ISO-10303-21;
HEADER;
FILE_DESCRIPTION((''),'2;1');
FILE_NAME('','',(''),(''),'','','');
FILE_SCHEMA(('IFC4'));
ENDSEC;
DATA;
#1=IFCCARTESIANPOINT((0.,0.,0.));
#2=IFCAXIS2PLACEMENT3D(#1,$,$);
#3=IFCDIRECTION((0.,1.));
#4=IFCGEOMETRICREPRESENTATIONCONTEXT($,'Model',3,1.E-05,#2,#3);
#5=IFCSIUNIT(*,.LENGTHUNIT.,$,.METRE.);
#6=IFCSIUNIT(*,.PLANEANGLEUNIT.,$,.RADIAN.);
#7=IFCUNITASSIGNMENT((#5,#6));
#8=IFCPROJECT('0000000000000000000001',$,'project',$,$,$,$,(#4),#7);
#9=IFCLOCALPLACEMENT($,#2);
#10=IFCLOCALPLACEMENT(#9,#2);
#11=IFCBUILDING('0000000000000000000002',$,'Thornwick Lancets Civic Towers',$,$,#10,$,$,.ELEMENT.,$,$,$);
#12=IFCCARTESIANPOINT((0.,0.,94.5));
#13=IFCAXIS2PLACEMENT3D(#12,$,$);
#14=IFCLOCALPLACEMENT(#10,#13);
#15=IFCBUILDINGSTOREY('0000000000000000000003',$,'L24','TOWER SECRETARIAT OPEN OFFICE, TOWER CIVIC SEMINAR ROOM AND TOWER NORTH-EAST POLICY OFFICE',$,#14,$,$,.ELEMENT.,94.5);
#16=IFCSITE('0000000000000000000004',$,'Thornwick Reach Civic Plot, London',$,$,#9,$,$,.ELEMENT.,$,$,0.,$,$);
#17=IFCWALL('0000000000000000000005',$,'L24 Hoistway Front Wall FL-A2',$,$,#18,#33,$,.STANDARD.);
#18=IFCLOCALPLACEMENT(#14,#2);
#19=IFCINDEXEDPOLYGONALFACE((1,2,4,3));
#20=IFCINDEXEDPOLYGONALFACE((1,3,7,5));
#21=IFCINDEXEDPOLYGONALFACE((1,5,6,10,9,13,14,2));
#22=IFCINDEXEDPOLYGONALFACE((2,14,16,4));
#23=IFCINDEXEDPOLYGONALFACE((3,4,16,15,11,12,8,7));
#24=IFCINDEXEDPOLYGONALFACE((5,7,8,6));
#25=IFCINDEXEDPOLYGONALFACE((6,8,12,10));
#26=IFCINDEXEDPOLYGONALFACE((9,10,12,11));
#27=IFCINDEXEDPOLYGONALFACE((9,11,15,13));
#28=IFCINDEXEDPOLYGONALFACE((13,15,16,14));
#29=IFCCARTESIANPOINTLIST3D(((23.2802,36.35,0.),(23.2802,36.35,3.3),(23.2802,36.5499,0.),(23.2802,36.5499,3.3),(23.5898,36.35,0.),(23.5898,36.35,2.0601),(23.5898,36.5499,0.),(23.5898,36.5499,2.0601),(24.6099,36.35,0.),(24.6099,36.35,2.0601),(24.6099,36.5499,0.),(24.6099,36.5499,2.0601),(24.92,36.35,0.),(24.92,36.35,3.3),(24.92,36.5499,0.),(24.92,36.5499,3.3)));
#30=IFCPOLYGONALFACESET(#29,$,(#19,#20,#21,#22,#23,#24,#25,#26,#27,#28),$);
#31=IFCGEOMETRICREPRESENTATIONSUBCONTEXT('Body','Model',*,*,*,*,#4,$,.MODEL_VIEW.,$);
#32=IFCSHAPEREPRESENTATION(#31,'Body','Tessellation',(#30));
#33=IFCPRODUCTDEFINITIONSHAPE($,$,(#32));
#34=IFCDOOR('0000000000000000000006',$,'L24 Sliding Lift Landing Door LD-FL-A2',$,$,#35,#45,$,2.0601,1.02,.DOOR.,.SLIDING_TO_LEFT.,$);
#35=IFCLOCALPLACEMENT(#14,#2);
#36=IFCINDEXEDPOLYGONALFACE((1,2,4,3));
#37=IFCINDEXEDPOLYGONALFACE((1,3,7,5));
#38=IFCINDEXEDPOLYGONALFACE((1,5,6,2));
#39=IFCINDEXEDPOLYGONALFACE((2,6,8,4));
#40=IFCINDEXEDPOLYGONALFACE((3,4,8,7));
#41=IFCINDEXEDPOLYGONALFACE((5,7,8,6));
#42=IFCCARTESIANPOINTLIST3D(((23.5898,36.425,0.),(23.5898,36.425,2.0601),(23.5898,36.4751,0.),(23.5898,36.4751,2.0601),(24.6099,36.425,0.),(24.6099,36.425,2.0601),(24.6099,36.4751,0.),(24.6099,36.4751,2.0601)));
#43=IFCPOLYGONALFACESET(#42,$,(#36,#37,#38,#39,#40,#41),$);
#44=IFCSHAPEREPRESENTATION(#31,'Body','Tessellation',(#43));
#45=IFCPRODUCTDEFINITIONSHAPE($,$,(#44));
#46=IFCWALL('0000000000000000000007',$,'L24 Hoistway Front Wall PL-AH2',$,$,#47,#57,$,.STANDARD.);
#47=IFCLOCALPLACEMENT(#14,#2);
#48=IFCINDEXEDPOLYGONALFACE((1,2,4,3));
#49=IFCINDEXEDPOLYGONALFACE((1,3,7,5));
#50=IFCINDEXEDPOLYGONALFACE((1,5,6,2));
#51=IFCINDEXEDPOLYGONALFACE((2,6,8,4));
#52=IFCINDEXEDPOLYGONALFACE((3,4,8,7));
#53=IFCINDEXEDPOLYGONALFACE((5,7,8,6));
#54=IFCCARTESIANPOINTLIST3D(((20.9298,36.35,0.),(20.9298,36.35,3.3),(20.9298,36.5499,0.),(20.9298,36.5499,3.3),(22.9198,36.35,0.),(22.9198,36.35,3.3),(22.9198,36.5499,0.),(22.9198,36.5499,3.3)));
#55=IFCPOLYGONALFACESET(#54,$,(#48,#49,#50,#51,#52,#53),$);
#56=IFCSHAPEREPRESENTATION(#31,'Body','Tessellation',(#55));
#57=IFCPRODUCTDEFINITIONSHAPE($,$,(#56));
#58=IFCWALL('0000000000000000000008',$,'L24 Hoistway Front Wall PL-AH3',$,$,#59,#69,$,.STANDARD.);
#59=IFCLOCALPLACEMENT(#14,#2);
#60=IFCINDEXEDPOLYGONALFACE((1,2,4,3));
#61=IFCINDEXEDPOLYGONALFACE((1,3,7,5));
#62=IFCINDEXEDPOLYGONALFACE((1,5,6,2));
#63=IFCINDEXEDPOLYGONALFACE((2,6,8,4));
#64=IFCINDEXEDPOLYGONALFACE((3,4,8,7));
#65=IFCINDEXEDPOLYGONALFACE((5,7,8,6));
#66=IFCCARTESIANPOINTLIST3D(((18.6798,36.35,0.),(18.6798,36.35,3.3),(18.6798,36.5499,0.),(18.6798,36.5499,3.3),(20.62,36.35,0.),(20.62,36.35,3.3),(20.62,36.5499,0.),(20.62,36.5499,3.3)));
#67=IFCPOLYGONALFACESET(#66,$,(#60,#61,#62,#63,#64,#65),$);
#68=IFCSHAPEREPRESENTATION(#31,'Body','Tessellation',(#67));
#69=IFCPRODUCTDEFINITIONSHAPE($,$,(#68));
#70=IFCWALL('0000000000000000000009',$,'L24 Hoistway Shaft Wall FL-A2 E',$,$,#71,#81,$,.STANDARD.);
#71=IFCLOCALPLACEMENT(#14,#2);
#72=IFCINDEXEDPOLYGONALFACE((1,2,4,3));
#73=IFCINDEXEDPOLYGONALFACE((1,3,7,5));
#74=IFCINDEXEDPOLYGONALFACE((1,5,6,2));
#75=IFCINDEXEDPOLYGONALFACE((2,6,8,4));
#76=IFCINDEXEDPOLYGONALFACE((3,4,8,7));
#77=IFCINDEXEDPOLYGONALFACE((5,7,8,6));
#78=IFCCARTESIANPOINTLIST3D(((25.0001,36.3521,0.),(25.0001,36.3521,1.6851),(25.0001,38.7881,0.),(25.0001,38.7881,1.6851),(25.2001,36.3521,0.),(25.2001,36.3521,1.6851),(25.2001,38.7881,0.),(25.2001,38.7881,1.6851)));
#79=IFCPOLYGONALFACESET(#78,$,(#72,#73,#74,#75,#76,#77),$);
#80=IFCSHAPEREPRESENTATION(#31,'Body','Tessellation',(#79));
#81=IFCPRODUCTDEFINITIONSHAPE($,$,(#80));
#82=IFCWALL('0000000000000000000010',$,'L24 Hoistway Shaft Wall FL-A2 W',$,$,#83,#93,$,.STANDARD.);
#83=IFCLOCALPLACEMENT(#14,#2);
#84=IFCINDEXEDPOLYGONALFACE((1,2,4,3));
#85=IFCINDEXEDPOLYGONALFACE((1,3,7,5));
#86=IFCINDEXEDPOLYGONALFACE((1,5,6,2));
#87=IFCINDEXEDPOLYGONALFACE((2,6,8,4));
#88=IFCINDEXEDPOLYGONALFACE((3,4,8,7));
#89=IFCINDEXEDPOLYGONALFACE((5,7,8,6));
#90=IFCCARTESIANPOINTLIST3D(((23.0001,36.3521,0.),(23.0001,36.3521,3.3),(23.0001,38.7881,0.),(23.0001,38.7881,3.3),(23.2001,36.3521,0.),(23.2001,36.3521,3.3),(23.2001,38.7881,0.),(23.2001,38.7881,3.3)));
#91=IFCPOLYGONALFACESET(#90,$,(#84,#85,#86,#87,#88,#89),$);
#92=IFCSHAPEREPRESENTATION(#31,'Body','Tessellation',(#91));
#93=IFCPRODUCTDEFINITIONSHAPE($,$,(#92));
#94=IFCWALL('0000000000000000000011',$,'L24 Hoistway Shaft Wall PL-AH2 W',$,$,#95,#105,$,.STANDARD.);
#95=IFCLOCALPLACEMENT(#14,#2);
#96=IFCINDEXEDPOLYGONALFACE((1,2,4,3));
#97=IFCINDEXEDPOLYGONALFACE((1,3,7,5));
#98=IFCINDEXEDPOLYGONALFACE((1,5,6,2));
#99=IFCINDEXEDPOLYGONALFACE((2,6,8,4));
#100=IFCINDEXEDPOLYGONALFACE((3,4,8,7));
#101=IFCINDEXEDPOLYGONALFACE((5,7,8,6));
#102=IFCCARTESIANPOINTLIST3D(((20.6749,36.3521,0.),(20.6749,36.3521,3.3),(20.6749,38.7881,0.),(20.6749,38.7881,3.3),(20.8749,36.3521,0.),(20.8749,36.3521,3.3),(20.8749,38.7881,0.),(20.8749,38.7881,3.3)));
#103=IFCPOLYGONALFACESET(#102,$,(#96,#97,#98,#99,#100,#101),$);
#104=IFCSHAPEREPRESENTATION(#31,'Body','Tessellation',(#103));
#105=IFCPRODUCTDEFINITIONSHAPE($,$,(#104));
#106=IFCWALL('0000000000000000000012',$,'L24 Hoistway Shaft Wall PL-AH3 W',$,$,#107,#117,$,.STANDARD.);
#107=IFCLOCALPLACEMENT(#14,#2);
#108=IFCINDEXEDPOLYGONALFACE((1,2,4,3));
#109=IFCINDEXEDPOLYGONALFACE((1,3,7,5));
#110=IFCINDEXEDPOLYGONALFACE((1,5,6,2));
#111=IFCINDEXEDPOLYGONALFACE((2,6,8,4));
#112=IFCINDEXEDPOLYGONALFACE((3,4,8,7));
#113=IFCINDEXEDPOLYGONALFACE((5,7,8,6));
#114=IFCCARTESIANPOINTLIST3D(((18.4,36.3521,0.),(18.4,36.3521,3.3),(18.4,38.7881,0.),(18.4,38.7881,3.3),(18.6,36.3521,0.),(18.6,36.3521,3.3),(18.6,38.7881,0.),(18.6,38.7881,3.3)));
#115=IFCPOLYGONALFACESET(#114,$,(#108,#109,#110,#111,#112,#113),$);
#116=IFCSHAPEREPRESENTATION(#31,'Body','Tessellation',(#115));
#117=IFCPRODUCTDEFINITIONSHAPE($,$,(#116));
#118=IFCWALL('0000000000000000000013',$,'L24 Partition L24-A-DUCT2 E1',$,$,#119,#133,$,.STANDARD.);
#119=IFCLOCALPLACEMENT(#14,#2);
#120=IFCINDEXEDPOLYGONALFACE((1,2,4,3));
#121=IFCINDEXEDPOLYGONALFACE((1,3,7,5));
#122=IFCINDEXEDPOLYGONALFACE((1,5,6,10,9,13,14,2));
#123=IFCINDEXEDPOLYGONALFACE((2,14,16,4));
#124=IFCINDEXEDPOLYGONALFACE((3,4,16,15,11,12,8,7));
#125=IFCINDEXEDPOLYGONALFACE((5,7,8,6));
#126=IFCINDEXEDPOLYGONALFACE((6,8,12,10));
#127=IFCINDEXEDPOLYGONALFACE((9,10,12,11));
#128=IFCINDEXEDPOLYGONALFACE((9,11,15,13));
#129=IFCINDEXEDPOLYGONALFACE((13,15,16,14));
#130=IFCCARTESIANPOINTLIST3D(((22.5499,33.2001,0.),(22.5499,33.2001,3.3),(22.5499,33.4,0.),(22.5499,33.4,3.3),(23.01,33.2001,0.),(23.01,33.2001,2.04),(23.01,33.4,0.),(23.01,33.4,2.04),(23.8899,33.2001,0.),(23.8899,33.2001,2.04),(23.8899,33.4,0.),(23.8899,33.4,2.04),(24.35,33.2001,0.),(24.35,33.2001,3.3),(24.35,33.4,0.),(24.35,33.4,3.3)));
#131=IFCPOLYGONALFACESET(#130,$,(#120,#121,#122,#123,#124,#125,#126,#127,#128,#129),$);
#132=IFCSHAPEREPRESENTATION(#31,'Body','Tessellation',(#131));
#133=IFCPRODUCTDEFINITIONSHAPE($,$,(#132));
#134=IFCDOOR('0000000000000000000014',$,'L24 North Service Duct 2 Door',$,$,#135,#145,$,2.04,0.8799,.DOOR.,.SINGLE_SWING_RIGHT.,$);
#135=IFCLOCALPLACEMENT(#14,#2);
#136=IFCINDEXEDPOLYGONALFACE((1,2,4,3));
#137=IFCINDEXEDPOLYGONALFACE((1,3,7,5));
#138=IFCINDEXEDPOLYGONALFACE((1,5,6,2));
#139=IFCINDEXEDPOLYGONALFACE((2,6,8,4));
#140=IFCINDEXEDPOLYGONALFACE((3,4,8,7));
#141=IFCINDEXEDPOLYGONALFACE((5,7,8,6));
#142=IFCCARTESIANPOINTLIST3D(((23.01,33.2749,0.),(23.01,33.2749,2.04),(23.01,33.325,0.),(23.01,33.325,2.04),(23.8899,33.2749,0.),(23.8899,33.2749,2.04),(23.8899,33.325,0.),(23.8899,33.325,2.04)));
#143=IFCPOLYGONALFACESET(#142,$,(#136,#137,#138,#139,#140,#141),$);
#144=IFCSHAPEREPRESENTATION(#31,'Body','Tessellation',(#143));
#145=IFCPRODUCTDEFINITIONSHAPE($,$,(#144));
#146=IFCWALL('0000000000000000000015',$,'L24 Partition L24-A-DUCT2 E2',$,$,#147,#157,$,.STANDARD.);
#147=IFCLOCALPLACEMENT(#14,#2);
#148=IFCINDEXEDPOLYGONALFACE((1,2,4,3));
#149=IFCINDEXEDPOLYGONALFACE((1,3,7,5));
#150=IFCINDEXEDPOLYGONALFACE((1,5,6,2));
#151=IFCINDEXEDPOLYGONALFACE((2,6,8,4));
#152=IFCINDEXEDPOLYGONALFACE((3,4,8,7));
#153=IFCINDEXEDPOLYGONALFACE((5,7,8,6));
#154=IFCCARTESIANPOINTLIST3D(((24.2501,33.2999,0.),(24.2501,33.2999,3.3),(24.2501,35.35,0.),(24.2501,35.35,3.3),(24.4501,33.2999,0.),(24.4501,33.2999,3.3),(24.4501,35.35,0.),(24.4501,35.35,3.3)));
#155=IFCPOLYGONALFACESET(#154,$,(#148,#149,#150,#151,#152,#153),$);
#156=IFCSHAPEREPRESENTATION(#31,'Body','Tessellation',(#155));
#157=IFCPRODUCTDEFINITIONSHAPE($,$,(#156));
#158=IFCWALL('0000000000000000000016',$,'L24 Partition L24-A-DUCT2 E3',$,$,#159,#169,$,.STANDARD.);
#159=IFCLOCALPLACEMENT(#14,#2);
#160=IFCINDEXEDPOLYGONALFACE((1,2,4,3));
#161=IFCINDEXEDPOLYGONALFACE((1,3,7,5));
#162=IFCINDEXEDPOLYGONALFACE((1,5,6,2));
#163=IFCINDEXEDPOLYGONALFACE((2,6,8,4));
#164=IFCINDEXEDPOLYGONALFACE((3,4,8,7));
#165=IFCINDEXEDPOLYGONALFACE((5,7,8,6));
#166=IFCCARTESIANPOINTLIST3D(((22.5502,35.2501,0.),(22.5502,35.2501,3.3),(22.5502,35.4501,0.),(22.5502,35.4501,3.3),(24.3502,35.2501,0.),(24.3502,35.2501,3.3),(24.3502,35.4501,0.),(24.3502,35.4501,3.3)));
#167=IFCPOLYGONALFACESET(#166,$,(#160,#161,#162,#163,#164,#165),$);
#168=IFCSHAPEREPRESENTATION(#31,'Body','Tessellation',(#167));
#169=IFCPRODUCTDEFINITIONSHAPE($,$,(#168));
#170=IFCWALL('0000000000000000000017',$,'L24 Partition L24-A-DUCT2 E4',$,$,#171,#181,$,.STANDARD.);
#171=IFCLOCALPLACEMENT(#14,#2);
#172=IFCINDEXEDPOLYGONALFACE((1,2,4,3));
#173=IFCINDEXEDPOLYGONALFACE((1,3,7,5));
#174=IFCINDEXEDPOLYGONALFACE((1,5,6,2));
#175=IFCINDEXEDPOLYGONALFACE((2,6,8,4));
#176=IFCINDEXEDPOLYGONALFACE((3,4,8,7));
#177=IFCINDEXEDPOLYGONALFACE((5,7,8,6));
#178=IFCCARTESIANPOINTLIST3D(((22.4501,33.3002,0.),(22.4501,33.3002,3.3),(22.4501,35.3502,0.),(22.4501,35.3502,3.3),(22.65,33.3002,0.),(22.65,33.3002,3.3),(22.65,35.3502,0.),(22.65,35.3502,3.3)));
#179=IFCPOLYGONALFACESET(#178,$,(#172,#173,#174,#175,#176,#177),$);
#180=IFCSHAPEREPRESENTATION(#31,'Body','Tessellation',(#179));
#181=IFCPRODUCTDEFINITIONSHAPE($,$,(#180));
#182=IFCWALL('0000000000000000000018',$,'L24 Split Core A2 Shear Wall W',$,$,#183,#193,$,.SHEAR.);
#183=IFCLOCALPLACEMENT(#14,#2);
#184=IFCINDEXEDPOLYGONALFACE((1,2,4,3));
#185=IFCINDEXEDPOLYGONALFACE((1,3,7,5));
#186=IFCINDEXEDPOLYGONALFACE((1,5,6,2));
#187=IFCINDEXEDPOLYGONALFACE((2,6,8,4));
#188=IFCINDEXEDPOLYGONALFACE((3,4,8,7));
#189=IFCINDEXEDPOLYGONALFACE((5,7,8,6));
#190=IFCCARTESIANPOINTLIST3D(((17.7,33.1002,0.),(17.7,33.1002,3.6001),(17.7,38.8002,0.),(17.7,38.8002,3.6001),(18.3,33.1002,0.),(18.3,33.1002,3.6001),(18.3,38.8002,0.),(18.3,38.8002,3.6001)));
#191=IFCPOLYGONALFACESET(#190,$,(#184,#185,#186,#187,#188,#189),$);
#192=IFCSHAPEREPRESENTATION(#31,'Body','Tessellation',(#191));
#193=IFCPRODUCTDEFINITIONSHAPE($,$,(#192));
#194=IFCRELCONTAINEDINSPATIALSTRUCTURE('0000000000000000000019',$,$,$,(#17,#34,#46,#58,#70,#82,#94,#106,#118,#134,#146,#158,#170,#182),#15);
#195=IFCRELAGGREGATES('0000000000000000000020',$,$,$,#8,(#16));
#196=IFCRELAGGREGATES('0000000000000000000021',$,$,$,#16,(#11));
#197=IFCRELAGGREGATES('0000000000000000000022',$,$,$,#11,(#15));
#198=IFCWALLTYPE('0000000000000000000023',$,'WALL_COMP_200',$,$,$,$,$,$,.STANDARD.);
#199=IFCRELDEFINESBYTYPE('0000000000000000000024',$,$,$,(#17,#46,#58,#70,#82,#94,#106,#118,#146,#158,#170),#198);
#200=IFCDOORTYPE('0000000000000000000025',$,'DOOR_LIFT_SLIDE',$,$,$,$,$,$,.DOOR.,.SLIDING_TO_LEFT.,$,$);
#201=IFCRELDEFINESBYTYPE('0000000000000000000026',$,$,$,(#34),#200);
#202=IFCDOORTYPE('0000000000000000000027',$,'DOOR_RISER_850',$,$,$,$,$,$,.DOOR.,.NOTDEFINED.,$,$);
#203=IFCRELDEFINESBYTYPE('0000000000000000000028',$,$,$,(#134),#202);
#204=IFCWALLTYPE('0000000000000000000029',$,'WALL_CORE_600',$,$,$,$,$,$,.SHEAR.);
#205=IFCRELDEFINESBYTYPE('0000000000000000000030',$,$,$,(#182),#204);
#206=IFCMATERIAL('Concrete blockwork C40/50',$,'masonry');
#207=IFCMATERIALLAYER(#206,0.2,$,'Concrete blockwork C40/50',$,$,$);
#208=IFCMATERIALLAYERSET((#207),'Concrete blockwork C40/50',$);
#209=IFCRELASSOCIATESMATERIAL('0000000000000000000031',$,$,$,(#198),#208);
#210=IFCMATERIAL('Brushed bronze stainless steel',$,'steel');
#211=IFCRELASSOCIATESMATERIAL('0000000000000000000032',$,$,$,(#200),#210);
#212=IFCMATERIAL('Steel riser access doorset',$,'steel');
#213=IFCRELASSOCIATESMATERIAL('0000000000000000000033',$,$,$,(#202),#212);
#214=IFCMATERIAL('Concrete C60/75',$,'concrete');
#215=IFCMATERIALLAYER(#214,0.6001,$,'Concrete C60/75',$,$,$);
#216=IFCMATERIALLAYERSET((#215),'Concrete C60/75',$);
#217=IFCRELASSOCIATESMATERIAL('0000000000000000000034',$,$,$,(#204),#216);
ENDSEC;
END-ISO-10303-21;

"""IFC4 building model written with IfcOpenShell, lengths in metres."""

from ifc_helpers import new_model, si_unit, direction, frame, frame_2d, origin, place, context, subcontext, project, spatial, rectangle, extrude, material, layer, layer_set, type_object, element, fill, save


model = new_model("IFC4")

# Units and contexts
model_context = context("Model", 3, precision=1e-05, world=origin(), true_north=direction((0.0, 1.0)))
body_context = subcontext(model_context, "Body", "Model", "MODEL_VIEW")
ifc_project = project(units=[si_unit("LENGTHUNIT", "METRE"), si_unit("PLANEANGLEUNIT", "RADIAN")], contexts=[model_context])

# Site, building, storey
site_placement = place(None, origin())
site = spatial("IfcSite", under=ifc_project, at=site_placement, Name="Thornwick Reach Civic Plot, London", CompositionType="ELEMENT", RefElevation=0.0)
building_placement = place(site_placement, origin())
building = spatial("IfcBuilding", under=site, at=building_placement, Name="Thornwick Lancets Civic Towers", CompositionType="ELEMENT")
storey_placement = place(building_placement, frame((0.0, 0.0, 94.5)))
storey = spatial("IfcBuildingStorey", under=building, at=storey_placement, Name="L24", Description="TOWER SECRETARIAT OPEN OFFICE, TOWER CIVIC SEMINAR ROOM AND TOWER NORTH-EAST POLICY OFFICE", CompositionType="ELEMENT", Elevation=94.5)

# Wall, opening, door
ifc_material_1 = material(Name="Concrete blockwork C40/50", Category="masonry")
ifc_layer_1 = layer(ifc_material_1, 0.2, Name="Concrete blockwork C40/50")
ifc_layer_set_1 = layer_set([ifc_layer_1], Name="Concrete blockwork C40/50")
wall_type_1 = type_object("IfcWallType", Name="WALL_COMP_200", PredefinedType="STANDARD", material=ifc_layer_set_1)
wall_1_placement = place(storey_placement, frame((24.9199, 36.45, 0.0), z_axis=(0.0, 0.0, 1.0), x_axis=(-1.0, 0.0, 0.0)))
wall_1 = element("IfcWall", 1, at=wall_1_placement, inside=storey, type_object=wall_type_1, Name="L24 Hoistway Front Wall FL-A2", PredefinedType="STANDARD", context=body_context, shape_type="SweptSolid", body=[
    extrude(rectangle(XDim=1.6399, YDim=0.2, at=frame_2d((0.8198, 0.0))), origin(), (0.0, 0.0, 1.0), 3.3),
])
opening_1_placement = place(wall_1_placement, frame((0.3101, 0.0, 0.0)))
opening_1 = element("IfcOpeningElement", 2, at=opening_1_placement, cuts=wall_1, PredefinedType="OPENING", context=body_context, shape_type="SweptSolid", body=[
    extrude(rectangle(XDim=1.02, YDim=2.0601, at=frame_2d((0.51, 1.03))), frame((0.0, 0.1099, 0.0), z_axis=(0.0, -1.0, 0.0), x_axis=(1.0, 0.0, 0.0)), (0.0, 0.0, 1.0), 0.22),
])
ifc_material_2 = material(Name="Brushed bronze stainless steel", Category="steel")
door_type_1 = type_object("IfcDoorType", Name="DOOR_LIFT_SLIDE", OperationType="SLIDING_TO_LEFT", PredefinedType="DOOR", material=ifc_material_2)
door_1_placement = place(opening_1_placement, origin())
door_1 = element("IfcDoor", 3, at=door_1_placement, inside=storey, type_object=door_type_1, Name="L24 Sliding Lift Landing Door LD-FL-A2", OperationType="SLIDING_TO_LEFT", OverallHeight=2.0601, OverallWidth=1.02, PredefinedType="DOOR", context=body_context, shape_type="SweptSolid", body=[
    extrude(rectangle(XDim=1.02, YDim=2.0601, at=frame_2d((0.51, 1.03))), frame((0.0, 0.0249, 0.0), z_axis=(0.0, -1.0, 0.0), x_axis=(1.0, 0.0, 0.0)), (0.0, 0.0, 1.0), 0.05),
])
fill(opening_1, door_1)

# Walls
wall_2_placement = place(storey_placement, frame((22.9199, 36.45, 0.0), z_axis=(0.0, 0.0, 1.0), x_axis=(-1.0, 0.0, 0.0)))
element("IfcWall", 4, at=wall_2_placement, inside=storey, type_object=wall_type_1, Name="L24 Hoistway Front Wall PL-AH2", PredefinedType="STANDARD", context=body_context, shape_type="SweptSolid", body=[
    extrude(rectangle(XDim=1.99, YDim=0.2, at=frame_2d((0.9951, 0.0))), origin(), (0.0, 0.0, 1.0), 3.3),
])
wall_3_placement = place(storey_placement, frame((20.6201, 36.45, 0.0), z_axis=(0.0, 0.0, 1.0), x_axis=(-1.0, 0.0, 0.0)))
element("IfcWall", 5, at=wall_3_placement, inside=storey, type_object=wall_type_1, Name="L24 Hoistway Front Wall PL-AH3", PredefinedType="STANDARD", context=body_context, shape_type="SweptSolid", body=[
    extrude(rectangle(XDim=1.9402, YDim=0.2, at=frame_2d((0.9702, 0.0))), origin(), (0.0, 0.0, 1.0), 3.3),
])
wall_4_placement = place(storey_placement, frame((25.1001, 36.3521, 0.0), z_axis=(0.0, 0.0, 1.0), x_axis=(0.0, 1.0, 0.0)))
element("IfcWall", 6, at=wall_4_placement, inside=storey, type_object=wall_type_1, Name="L24 Hoistway Shaft Wall FL-A2 E", PredefinedType="STANDARD", context=body_context, shape_type="SweptSolid", body=[
    extrude(rectangle(XDim=2.436, YDim=0.2, at=frame_2d((1.218, 0.0))), origin(), (0.0, 0.0, 1.0), 1.6851),
])
for number, where, z_axis, x_axis, name in (
    (7, (23.1001, 36.3521, 0.0), (0.0, 0.0, 1.0), (0.0, 1.0, 0.0), "L24 Hoistway Shaft Wall FL-A2 W"),
    (8, (20.7749, 36.3521, 0.0), (0.0, 0.0, 1.0), (0.0, 1.0, 0.0), "L24 Hoistway Shaft Wall PL-AH2 W"),
    (9, (18.5, 36.3521, 0.0), (0.0, 0.0, 1.0), (0.0, 1.0, 0.0), "L24 Hoistway Shaft Wall PL-AH3 W"),
):
    element("IfcWall", number, at=place(storey_placement, frame(where, z_axis=z_axis, x_axis=x_axis)), inside=storey, type_object=wall_type_1, Name=name, PredefinedType="STANDARD", context=body_context, shape_type="SweptSolid", body=[
        extrude(rectangle(XDim=2.436, YDim=0.2, at=frame_2d((1.218, 0.0))), origin(), (0.0, 0.0, 1.0), 3.3),
    ])

# Wall, opening, door
wall_5_placement = place(storey_placement, frame((22.55, 33.3, 0.0), z_axis=(0.0, 0.0, 1.0), x_axis=(1.0, 0.0, 0.0)))
wall_5 = element("IfcWall", 10, at=wall_5_placement, inside=storey, type_object=wall_type_1, Name="L24 Partition L24-A-DUCT2 E1", PredefinedType="STANDARD", context=body_context, shape_type="SweptSolid", body=[
    extrude(rectangle(XDim=1.8, YDim=0.2, at=frame_2d((0.8999, 0.0))), origin(), (0.0, 0.0, 1.0), 3.3),
])
opening_2_placement = place(wall_5_placement, frame((0.46, 0.0, 0.0)))
opening_2 = element("IfcOpeningElement", 11, at=opening_2_placement, cuts=wall_5, PredefinedType="OPENING", context=body_context, shape_type="SweptSolid", body=[
    extrude(rectangle(XDim=0.8799, YDim=2.04, at=frame_2d((0.4399, 1.02))), frame((0.0, 0.1099, 0.0), z_axis=(0.0, -1.0, 0.0), x_axis=(1.0, 0.0, 0.0)), (0.0, 0.0, 1.0), 0.22),
])
ifc_material_3 = material(Name="Steel riser access doorset", Category="steel")
door_type_2 = type_object("IfcDoorType", Name="DOOR_RISER_850", OperationType="NOTDEFINED", PredefinedType="DOOR", material=ifc_material_3)
door_2_placement = place(opening_2_placement, origin())
door_2 = element("IfcDoor", 12, at=door_2_placement, inside=storey, type_object=door_type_2, Name="L24 North Service Duct 2 Door", OperationType="SINGLE_SWING_RIGHT", OverallHeight=2.04, OverallWidth=0.8799, PredefinedType="DOOR", context=body_context, shape_type="SweptSolid", body=[
    extrude(rectangle(XDim=0.8799, YDim=2.04, at=frame_2d((0.4399, 1.02))), frame((0.0, 0.0249, 0.0), z_axis=(0.0, -1.0, 0.0), x_axis=(1.0, 0.0, 0.0)), (0.0, 0.0, 1.0), 0.05),
])
fill(opening_2, door_2)

# Walls
wall_6_placement = place(storey_placement, frame((24.3501, 33.3, 0.0), z_axis=(0.0, 0.0, 1.0), x_axis=(0.0, 1.0, 0.0)))
element("IfcWall", 13, at=wall_6_placement, inside=storey, type_object=wall_type_1, Name="L24 Partition L24-A-DUCT2 E2", PredefinedType="STANDARD", context=body_context, shape_type="SweptSolid", body=[
    extrude(rectangle(XDim=2.05, YDim=0.2, at=frame_2d((1.0249, 0.0))), origin(), (0.0, 0.0, 1.0), 3.3),
])
wall_7_placement = place(storey_placement, frame((24.3501, 35.3501, 0.0), z_axis=(0.0, 0.0, 1.0), x_axis=(-1.0, 0.0, 0.0)))
element("IfcWall", 14, at=wall_7_placement, inside=storey, type_object=wall_type_1, Name="L24 Partition L24-A-DUCT2 E3", PredefinedType="STANDARD", context=body_context, shape_type="SweptSolid", body=[
    extrude(rectangle(XDim=1.8, YDim=0.2, at=frame_2d((0.8999, 0.0))), origin(), (0.0, 0.0, 1.0), 3.3),
])
wall_8_placement = place(storey_placement, frame((22.55, 35.3501, 0.0), z_axis=(0.0, 0.0, 1.0), x_axis=(0.0, -1.0, 0.0)))
element("IfcWall", 15, at=wall_8_placement, inside=storey, type_object=wall_type_1, Name="L24 Partition L24-A-DUCT2 E4", PredefinedType="STANDARD", context=body_context, shape_type="SweptSolid", body=[
    extrude(rectangle(XDim=2.05, YDim=0.2, at=frame_2d((1.0249, 0.0))), origin(), (0.0, 0.0, 1.0), 3.3),
])
ifc_material_4 = material(Name="Concrete C60/75", Category="concrete")
ifc_layer_2 = layer(ifc_material_4, 0.6001, Name="Concrete C60/75")
ifc_layer_set_2 = layer_set([ifc_layer_2], Name="Concrete C60/75")
wall_type_2 = type_object("IfcWallType", Name="WALL_CORE_600", PredefinedType="SHEAR", material=ifc_layer_set_2)
wall_9_placement = place(storey_placement, frame((18.0, 33.1001, 0.0), z_axis=(0.0, 0.0, 1.0), x_axis=(0.0, 1.0, 0.0)))
element("IfcWall", 16, at=wall_9_placement, inside=storey, type_object=wall_type_2, Name="L24 Split Core A2 Shear Wall W", PredefinedType="SHEAR", context=body_context, shape_type="SweptSolid", body=[
    extrude(rectangle(XDim=5.7, YDim=0.6001, at=frame_2d((2.8501, 0.0))), origin(), (0.0, 0.0, 1.0), 3.6001),
])

save(model, "model.ifc")
